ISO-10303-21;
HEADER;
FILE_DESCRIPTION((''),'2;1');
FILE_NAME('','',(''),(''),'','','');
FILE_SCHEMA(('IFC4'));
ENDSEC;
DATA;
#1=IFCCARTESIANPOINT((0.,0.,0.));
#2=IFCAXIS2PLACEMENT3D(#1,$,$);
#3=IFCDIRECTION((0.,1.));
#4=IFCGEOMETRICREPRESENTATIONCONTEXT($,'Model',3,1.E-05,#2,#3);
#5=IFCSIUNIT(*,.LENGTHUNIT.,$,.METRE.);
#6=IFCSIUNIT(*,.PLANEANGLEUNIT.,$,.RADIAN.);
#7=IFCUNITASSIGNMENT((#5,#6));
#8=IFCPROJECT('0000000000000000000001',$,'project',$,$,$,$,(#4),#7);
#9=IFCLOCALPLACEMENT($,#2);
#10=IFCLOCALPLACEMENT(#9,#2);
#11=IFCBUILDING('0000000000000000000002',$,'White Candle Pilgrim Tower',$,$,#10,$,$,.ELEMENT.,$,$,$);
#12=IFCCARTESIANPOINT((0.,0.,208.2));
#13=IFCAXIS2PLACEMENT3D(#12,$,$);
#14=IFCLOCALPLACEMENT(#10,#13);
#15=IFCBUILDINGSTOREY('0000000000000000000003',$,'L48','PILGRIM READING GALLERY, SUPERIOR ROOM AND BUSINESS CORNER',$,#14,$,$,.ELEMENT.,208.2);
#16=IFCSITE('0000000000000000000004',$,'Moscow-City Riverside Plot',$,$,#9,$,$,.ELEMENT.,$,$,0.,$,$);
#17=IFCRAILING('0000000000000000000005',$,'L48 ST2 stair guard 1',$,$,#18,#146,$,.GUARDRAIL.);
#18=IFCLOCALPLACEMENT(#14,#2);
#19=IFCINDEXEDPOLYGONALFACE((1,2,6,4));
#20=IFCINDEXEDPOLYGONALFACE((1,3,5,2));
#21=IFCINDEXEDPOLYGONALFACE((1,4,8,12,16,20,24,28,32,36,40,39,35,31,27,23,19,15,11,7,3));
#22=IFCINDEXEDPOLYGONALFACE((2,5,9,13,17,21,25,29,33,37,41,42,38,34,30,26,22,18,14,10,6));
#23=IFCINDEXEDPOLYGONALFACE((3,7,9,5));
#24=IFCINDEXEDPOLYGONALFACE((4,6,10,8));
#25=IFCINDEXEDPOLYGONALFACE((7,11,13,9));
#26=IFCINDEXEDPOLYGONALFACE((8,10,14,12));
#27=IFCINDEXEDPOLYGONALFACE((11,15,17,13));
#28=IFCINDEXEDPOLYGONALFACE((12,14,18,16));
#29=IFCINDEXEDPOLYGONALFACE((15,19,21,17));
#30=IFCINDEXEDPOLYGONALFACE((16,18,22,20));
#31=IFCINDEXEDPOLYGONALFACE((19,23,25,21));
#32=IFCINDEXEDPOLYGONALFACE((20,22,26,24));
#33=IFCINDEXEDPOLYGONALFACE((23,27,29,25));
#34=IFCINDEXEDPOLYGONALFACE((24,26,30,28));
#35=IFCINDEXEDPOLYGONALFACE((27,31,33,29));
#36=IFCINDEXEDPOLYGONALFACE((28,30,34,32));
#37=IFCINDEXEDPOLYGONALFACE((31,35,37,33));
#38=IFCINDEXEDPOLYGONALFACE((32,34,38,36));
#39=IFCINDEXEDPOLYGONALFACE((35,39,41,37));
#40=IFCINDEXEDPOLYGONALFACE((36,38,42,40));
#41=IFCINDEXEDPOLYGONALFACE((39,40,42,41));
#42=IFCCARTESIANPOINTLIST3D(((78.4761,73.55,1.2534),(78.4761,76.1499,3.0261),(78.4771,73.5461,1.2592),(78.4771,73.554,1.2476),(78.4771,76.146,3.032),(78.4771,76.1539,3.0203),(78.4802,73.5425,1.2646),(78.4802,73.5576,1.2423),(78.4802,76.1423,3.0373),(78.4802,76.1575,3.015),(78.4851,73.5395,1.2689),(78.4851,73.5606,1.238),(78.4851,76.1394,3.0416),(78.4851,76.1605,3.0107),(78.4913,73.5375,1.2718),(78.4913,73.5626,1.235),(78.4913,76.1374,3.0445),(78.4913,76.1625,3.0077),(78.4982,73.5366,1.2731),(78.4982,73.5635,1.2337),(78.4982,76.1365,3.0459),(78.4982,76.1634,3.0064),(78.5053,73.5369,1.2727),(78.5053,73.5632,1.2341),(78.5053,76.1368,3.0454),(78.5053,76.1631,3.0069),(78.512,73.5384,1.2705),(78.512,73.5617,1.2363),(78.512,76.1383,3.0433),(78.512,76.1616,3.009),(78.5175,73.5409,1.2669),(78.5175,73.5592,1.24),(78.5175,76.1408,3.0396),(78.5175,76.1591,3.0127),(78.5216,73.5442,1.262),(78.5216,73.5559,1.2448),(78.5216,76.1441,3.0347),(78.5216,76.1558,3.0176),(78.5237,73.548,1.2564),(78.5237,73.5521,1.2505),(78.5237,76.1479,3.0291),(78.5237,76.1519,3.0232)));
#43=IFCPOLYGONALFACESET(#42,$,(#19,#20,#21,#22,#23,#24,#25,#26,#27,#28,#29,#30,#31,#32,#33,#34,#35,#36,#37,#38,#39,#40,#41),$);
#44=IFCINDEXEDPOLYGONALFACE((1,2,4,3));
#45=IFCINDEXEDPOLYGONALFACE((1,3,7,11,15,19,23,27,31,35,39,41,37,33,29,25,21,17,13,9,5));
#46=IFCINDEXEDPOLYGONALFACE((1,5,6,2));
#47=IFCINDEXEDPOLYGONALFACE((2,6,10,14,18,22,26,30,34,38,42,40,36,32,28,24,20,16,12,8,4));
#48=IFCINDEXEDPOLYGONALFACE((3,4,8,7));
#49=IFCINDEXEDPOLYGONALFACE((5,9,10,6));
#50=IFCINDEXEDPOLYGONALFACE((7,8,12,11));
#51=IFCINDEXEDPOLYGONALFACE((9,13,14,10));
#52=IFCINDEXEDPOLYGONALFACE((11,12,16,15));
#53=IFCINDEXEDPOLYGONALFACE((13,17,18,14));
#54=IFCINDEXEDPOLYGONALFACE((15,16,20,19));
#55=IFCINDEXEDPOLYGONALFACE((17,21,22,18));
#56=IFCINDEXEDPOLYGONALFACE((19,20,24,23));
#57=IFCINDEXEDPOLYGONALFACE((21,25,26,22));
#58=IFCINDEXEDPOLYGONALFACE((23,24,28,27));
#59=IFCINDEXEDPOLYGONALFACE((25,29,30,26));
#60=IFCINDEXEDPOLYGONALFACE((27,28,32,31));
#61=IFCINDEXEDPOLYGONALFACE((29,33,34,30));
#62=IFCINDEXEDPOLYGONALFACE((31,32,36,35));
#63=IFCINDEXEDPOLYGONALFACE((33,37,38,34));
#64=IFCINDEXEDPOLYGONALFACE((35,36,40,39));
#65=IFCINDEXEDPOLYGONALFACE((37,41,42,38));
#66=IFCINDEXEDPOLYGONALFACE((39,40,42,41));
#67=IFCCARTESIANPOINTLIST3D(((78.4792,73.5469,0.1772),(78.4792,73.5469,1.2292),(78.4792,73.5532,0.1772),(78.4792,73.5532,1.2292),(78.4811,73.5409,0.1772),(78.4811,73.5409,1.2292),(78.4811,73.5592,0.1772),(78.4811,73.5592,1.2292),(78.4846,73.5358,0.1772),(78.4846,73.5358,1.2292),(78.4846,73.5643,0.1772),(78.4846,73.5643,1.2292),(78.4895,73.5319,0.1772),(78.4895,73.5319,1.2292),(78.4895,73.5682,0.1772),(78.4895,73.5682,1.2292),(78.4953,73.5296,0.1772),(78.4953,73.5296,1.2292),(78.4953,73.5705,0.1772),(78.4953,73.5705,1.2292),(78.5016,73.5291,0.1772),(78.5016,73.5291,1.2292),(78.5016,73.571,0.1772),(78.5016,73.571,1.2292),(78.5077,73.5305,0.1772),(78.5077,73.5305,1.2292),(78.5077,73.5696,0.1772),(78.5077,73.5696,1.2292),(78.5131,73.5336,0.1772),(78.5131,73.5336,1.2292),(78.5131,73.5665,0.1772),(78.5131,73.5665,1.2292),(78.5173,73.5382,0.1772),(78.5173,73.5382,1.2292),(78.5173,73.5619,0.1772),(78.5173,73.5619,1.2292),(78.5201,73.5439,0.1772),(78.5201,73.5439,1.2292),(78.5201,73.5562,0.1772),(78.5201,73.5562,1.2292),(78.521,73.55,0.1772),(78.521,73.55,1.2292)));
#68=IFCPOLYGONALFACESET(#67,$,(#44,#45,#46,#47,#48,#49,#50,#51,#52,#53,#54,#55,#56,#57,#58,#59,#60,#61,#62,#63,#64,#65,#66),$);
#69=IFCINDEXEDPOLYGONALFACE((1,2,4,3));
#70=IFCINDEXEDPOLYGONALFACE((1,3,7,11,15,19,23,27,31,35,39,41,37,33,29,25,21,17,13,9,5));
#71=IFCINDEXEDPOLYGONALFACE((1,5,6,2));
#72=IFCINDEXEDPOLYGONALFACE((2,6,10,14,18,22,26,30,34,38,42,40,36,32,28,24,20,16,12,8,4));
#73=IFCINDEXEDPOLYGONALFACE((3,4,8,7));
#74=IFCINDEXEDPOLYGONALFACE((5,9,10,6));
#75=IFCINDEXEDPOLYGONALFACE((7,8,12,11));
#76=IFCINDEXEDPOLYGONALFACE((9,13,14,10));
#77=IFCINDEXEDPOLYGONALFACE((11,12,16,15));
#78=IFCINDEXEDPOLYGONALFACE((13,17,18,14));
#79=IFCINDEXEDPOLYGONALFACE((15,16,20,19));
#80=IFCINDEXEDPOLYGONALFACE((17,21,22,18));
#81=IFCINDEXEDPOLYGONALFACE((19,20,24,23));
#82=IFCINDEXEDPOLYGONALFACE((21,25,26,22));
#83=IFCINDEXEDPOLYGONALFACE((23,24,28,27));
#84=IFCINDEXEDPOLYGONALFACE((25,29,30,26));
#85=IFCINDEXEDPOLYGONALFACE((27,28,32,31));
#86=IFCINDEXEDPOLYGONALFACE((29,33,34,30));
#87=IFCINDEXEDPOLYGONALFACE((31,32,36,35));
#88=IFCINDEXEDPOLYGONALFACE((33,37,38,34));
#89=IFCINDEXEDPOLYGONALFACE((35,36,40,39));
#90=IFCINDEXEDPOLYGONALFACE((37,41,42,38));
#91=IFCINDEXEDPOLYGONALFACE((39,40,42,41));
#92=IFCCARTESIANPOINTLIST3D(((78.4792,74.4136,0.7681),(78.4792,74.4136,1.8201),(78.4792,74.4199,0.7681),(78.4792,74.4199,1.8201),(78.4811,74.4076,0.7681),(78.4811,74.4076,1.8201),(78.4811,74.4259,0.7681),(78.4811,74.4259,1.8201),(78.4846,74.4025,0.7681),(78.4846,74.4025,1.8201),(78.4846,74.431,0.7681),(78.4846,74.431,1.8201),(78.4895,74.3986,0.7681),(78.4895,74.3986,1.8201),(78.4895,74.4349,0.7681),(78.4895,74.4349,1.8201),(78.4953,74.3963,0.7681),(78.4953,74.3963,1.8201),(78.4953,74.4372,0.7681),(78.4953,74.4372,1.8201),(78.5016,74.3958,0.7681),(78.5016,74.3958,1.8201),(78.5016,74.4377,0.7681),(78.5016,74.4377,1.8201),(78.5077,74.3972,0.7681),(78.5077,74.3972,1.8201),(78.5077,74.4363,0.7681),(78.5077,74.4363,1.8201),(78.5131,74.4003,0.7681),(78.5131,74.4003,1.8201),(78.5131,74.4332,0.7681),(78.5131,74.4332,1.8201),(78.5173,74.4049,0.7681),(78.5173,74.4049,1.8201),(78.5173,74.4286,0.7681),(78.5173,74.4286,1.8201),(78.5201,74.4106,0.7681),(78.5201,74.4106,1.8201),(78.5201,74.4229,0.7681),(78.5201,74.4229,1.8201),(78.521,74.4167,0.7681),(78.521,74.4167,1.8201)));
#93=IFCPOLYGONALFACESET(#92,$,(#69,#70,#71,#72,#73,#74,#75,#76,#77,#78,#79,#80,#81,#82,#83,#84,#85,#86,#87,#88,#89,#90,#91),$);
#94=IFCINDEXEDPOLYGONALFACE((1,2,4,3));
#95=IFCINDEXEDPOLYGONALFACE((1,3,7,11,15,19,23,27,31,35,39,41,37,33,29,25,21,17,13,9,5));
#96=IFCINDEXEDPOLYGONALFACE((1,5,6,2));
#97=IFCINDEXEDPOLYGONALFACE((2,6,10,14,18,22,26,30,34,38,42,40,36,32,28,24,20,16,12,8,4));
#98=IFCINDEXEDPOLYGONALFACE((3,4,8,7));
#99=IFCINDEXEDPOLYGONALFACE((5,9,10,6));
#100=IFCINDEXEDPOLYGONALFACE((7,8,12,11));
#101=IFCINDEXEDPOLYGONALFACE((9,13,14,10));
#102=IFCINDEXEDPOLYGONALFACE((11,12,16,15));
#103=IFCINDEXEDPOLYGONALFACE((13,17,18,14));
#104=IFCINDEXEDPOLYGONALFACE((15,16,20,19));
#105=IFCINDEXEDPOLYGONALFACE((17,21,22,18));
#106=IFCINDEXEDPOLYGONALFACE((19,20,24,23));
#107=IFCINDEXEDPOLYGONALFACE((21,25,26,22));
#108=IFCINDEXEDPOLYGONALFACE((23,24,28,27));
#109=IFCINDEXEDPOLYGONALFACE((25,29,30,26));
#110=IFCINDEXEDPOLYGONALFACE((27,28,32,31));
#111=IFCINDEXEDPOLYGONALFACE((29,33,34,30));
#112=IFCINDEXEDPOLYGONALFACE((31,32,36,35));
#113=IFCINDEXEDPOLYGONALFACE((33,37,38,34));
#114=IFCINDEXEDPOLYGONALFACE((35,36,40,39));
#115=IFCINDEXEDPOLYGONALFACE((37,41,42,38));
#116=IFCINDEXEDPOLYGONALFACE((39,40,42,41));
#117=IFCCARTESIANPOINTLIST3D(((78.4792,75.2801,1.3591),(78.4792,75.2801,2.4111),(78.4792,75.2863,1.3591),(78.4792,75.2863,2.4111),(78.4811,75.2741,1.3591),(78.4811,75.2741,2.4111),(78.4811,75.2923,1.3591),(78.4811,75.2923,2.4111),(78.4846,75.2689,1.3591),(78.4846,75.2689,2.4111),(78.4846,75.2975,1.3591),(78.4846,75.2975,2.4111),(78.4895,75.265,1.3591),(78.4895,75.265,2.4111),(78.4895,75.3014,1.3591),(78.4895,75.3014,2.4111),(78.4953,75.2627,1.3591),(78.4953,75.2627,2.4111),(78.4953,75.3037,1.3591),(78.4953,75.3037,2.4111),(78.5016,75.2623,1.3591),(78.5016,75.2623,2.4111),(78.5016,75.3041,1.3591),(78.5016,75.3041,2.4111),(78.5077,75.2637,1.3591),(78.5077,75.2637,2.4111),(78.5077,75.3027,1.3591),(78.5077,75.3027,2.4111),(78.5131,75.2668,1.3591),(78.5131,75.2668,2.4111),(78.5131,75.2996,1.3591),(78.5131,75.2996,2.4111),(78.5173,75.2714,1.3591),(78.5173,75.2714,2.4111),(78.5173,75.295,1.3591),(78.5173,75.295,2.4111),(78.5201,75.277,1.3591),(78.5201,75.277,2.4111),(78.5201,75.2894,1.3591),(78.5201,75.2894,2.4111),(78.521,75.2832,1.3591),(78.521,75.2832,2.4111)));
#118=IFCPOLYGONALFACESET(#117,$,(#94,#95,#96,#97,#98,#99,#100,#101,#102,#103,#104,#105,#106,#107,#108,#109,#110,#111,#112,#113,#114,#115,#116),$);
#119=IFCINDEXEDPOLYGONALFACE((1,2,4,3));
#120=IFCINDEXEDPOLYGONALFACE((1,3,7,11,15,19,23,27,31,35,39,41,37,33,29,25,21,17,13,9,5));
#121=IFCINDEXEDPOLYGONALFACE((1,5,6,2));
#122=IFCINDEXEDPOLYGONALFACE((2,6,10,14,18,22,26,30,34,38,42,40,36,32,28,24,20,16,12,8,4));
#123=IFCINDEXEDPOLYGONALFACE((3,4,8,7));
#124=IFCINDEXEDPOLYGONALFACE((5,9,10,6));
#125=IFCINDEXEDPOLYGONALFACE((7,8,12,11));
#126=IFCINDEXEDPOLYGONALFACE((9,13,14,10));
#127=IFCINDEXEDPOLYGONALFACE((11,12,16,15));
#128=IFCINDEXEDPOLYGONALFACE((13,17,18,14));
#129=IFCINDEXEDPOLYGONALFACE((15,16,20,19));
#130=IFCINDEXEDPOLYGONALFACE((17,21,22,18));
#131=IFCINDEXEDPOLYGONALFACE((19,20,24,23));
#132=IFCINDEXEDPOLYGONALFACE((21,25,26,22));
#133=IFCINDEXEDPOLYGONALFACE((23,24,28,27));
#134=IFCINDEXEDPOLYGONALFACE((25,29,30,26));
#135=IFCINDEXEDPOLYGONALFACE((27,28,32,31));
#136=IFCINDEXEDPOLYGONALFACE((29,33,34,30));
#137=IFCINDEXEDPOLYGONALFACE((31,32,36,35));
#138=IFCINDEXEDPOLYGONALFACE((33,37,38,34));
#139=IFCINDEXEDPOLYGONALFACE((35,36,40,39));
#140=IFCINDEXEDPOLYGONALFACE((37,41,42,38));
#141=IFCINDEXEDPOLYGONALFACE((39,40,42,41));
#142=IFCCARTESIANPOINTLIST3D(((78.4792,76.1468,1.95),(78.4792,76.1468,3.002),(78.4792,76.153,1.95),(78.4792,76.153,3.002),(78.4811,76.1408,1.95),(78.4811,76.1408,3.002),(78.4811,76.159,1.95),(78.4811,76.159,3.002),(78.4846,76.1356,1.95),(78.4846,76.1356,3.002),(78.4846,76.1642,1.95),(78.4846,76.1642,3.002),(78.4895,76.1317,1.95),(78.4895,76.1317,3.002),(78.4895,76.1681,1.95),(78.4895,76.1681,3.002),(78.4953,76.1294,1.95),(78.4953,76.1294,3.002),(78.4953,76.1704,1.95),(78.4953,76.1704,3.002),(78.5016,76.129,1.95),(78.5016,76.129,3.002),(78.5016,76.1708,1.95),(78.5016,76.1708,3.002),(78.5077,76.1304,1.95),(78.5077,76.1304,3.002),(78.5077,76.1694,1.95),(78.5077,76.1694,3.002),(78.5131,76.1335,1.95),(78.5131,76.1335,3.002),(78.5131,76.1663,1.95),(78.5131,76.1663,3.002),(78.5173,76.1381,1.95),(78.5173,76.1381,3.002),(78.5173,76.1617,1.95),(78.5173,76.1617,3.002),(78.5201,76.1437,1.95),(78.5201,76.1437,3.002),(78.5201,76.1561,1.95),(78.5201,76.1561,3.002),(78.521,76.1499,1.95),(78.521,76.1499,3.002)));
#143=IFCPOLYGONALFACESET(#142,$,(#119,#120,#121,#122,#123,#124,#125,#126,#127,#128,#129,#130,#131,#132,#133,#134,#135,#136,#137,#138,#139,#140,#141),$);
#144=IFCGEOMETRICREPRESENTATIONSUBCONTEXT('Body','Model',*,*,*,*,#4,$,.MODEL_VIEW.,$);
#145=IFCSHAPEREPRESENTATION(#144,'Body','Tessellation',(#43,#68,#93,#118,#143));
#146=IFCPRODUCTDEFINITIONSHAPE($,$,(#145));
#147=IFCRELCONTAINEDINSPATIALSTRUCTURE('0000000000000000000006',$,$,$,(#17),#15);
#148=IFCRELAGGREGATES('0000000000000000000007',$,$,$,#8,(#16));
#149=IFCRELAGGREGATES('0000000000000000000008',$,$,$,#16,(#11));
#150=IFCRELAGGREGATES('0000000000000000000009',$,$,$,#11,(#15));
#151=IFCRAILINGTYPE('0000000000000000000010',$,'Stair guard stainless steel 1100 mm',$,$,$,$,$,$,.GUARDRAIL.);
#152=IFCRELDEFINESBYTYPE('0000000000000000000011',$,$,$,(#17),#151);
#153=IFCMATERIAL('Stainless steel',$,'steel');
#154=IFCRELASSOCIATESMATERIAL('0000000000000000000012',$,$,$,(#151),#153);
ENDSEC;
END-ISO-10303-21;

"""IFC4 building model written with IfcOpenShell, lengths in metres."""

from ifc_helpers import new_model, si_unit, direction, frame, origin, origin_2d, place, context, subcontext, project, spatial, circle, extrude, material, type_object, element, save


model = new_model("IFC4")

# Units and contexts
model_context = context("Model", 3, precision=1e-05, world=origin(), true_north=direction((0.0, 1.0)))
body_context = subcontext(model_context, "Body", "Model", "MODEL_VIEW")
ifc_project = project(units=[si_unit("LENGTHUNIT", "METRE"), si_unit("PLANEANGLEUNIT", "RADIAN")], contexts=[model_context])

# Site, building, storey
site_placement = place(None, origin())
site = spatial("IfcSite", under=ifc_project, at=site_placement, Name="Moscow-City Riverside Plot", CompositionType="ELEMENT", RefElevation=0.0)
building_placement = place(site_placement, origin())
building = spatial("IfcBuilding", under=site, at=building_placement, Name="White Candle Pilgrim Tower", CompositionType="ELEMENT")
storey_placement = place(building_placement, frame((0.0, 0.0, 208.2)))
storey = spatial("IfcBuildingStorey", under=building, at=storey_placement, Name="L48", Description="PILGRIM READING GALLERY, SUPERIOR ROOM AND BUSINESS CORNER", CompositionType="ELEMENT", Elevation=208.2)

# Railing
ifc_material_1 = material(Name="Stainless steel", Category="steel")
railing_type_1 = type_object("IfcRailingType", Name="Stair guard stainless steel 1100 mm", PredefinedType="GUARDRAIL", material=ifc_material_1)
railing_1_placement = place(storey_placement, frame((78.5, 73.55, 0.1772)))
element("IfcRailing", 1, at=railing_1_placement, inside=storey, type_object=railing_type_1, Name="L48 ST2 stair guard 1", PredefinedType="GUARDRAIL", context=body_context, shape_type="SweptSolid", body=[
    extrude(circle(Radius=0.0239, at=origin_2d()), frame((0.0, 0.0, 1.0762), z_axis=(0.0, 0.826216, 0.563354), x_axis=(-1.0, 0.0, 0.0)), (0.0, 0.0, 1.0), 3.1467),
    extrude(circle(Radius=0.021, at=origin_2d()), origin(), (0.0, 0.0, 1.0), 1.052),
    extrude(circle(Radius=0.021, at=origin_2d()), frame((0.0, 0.8667, 0.5908)), (0.0, 0.0, 1.0), 1.052),
    extrude(circle(Radius=0.021, at=origin_2d()), frame((0.0, 1.7332, 1.1819)), (0.0, 0.0, 1.0), 1.052),
    extrude(circle(Radius=0.021, at=origin_2d()), frame((0.0, 2.5999, 1.7727)), (0.0, 0.0, 1.0), 1.052),
])

save(model, "model.ifc")
